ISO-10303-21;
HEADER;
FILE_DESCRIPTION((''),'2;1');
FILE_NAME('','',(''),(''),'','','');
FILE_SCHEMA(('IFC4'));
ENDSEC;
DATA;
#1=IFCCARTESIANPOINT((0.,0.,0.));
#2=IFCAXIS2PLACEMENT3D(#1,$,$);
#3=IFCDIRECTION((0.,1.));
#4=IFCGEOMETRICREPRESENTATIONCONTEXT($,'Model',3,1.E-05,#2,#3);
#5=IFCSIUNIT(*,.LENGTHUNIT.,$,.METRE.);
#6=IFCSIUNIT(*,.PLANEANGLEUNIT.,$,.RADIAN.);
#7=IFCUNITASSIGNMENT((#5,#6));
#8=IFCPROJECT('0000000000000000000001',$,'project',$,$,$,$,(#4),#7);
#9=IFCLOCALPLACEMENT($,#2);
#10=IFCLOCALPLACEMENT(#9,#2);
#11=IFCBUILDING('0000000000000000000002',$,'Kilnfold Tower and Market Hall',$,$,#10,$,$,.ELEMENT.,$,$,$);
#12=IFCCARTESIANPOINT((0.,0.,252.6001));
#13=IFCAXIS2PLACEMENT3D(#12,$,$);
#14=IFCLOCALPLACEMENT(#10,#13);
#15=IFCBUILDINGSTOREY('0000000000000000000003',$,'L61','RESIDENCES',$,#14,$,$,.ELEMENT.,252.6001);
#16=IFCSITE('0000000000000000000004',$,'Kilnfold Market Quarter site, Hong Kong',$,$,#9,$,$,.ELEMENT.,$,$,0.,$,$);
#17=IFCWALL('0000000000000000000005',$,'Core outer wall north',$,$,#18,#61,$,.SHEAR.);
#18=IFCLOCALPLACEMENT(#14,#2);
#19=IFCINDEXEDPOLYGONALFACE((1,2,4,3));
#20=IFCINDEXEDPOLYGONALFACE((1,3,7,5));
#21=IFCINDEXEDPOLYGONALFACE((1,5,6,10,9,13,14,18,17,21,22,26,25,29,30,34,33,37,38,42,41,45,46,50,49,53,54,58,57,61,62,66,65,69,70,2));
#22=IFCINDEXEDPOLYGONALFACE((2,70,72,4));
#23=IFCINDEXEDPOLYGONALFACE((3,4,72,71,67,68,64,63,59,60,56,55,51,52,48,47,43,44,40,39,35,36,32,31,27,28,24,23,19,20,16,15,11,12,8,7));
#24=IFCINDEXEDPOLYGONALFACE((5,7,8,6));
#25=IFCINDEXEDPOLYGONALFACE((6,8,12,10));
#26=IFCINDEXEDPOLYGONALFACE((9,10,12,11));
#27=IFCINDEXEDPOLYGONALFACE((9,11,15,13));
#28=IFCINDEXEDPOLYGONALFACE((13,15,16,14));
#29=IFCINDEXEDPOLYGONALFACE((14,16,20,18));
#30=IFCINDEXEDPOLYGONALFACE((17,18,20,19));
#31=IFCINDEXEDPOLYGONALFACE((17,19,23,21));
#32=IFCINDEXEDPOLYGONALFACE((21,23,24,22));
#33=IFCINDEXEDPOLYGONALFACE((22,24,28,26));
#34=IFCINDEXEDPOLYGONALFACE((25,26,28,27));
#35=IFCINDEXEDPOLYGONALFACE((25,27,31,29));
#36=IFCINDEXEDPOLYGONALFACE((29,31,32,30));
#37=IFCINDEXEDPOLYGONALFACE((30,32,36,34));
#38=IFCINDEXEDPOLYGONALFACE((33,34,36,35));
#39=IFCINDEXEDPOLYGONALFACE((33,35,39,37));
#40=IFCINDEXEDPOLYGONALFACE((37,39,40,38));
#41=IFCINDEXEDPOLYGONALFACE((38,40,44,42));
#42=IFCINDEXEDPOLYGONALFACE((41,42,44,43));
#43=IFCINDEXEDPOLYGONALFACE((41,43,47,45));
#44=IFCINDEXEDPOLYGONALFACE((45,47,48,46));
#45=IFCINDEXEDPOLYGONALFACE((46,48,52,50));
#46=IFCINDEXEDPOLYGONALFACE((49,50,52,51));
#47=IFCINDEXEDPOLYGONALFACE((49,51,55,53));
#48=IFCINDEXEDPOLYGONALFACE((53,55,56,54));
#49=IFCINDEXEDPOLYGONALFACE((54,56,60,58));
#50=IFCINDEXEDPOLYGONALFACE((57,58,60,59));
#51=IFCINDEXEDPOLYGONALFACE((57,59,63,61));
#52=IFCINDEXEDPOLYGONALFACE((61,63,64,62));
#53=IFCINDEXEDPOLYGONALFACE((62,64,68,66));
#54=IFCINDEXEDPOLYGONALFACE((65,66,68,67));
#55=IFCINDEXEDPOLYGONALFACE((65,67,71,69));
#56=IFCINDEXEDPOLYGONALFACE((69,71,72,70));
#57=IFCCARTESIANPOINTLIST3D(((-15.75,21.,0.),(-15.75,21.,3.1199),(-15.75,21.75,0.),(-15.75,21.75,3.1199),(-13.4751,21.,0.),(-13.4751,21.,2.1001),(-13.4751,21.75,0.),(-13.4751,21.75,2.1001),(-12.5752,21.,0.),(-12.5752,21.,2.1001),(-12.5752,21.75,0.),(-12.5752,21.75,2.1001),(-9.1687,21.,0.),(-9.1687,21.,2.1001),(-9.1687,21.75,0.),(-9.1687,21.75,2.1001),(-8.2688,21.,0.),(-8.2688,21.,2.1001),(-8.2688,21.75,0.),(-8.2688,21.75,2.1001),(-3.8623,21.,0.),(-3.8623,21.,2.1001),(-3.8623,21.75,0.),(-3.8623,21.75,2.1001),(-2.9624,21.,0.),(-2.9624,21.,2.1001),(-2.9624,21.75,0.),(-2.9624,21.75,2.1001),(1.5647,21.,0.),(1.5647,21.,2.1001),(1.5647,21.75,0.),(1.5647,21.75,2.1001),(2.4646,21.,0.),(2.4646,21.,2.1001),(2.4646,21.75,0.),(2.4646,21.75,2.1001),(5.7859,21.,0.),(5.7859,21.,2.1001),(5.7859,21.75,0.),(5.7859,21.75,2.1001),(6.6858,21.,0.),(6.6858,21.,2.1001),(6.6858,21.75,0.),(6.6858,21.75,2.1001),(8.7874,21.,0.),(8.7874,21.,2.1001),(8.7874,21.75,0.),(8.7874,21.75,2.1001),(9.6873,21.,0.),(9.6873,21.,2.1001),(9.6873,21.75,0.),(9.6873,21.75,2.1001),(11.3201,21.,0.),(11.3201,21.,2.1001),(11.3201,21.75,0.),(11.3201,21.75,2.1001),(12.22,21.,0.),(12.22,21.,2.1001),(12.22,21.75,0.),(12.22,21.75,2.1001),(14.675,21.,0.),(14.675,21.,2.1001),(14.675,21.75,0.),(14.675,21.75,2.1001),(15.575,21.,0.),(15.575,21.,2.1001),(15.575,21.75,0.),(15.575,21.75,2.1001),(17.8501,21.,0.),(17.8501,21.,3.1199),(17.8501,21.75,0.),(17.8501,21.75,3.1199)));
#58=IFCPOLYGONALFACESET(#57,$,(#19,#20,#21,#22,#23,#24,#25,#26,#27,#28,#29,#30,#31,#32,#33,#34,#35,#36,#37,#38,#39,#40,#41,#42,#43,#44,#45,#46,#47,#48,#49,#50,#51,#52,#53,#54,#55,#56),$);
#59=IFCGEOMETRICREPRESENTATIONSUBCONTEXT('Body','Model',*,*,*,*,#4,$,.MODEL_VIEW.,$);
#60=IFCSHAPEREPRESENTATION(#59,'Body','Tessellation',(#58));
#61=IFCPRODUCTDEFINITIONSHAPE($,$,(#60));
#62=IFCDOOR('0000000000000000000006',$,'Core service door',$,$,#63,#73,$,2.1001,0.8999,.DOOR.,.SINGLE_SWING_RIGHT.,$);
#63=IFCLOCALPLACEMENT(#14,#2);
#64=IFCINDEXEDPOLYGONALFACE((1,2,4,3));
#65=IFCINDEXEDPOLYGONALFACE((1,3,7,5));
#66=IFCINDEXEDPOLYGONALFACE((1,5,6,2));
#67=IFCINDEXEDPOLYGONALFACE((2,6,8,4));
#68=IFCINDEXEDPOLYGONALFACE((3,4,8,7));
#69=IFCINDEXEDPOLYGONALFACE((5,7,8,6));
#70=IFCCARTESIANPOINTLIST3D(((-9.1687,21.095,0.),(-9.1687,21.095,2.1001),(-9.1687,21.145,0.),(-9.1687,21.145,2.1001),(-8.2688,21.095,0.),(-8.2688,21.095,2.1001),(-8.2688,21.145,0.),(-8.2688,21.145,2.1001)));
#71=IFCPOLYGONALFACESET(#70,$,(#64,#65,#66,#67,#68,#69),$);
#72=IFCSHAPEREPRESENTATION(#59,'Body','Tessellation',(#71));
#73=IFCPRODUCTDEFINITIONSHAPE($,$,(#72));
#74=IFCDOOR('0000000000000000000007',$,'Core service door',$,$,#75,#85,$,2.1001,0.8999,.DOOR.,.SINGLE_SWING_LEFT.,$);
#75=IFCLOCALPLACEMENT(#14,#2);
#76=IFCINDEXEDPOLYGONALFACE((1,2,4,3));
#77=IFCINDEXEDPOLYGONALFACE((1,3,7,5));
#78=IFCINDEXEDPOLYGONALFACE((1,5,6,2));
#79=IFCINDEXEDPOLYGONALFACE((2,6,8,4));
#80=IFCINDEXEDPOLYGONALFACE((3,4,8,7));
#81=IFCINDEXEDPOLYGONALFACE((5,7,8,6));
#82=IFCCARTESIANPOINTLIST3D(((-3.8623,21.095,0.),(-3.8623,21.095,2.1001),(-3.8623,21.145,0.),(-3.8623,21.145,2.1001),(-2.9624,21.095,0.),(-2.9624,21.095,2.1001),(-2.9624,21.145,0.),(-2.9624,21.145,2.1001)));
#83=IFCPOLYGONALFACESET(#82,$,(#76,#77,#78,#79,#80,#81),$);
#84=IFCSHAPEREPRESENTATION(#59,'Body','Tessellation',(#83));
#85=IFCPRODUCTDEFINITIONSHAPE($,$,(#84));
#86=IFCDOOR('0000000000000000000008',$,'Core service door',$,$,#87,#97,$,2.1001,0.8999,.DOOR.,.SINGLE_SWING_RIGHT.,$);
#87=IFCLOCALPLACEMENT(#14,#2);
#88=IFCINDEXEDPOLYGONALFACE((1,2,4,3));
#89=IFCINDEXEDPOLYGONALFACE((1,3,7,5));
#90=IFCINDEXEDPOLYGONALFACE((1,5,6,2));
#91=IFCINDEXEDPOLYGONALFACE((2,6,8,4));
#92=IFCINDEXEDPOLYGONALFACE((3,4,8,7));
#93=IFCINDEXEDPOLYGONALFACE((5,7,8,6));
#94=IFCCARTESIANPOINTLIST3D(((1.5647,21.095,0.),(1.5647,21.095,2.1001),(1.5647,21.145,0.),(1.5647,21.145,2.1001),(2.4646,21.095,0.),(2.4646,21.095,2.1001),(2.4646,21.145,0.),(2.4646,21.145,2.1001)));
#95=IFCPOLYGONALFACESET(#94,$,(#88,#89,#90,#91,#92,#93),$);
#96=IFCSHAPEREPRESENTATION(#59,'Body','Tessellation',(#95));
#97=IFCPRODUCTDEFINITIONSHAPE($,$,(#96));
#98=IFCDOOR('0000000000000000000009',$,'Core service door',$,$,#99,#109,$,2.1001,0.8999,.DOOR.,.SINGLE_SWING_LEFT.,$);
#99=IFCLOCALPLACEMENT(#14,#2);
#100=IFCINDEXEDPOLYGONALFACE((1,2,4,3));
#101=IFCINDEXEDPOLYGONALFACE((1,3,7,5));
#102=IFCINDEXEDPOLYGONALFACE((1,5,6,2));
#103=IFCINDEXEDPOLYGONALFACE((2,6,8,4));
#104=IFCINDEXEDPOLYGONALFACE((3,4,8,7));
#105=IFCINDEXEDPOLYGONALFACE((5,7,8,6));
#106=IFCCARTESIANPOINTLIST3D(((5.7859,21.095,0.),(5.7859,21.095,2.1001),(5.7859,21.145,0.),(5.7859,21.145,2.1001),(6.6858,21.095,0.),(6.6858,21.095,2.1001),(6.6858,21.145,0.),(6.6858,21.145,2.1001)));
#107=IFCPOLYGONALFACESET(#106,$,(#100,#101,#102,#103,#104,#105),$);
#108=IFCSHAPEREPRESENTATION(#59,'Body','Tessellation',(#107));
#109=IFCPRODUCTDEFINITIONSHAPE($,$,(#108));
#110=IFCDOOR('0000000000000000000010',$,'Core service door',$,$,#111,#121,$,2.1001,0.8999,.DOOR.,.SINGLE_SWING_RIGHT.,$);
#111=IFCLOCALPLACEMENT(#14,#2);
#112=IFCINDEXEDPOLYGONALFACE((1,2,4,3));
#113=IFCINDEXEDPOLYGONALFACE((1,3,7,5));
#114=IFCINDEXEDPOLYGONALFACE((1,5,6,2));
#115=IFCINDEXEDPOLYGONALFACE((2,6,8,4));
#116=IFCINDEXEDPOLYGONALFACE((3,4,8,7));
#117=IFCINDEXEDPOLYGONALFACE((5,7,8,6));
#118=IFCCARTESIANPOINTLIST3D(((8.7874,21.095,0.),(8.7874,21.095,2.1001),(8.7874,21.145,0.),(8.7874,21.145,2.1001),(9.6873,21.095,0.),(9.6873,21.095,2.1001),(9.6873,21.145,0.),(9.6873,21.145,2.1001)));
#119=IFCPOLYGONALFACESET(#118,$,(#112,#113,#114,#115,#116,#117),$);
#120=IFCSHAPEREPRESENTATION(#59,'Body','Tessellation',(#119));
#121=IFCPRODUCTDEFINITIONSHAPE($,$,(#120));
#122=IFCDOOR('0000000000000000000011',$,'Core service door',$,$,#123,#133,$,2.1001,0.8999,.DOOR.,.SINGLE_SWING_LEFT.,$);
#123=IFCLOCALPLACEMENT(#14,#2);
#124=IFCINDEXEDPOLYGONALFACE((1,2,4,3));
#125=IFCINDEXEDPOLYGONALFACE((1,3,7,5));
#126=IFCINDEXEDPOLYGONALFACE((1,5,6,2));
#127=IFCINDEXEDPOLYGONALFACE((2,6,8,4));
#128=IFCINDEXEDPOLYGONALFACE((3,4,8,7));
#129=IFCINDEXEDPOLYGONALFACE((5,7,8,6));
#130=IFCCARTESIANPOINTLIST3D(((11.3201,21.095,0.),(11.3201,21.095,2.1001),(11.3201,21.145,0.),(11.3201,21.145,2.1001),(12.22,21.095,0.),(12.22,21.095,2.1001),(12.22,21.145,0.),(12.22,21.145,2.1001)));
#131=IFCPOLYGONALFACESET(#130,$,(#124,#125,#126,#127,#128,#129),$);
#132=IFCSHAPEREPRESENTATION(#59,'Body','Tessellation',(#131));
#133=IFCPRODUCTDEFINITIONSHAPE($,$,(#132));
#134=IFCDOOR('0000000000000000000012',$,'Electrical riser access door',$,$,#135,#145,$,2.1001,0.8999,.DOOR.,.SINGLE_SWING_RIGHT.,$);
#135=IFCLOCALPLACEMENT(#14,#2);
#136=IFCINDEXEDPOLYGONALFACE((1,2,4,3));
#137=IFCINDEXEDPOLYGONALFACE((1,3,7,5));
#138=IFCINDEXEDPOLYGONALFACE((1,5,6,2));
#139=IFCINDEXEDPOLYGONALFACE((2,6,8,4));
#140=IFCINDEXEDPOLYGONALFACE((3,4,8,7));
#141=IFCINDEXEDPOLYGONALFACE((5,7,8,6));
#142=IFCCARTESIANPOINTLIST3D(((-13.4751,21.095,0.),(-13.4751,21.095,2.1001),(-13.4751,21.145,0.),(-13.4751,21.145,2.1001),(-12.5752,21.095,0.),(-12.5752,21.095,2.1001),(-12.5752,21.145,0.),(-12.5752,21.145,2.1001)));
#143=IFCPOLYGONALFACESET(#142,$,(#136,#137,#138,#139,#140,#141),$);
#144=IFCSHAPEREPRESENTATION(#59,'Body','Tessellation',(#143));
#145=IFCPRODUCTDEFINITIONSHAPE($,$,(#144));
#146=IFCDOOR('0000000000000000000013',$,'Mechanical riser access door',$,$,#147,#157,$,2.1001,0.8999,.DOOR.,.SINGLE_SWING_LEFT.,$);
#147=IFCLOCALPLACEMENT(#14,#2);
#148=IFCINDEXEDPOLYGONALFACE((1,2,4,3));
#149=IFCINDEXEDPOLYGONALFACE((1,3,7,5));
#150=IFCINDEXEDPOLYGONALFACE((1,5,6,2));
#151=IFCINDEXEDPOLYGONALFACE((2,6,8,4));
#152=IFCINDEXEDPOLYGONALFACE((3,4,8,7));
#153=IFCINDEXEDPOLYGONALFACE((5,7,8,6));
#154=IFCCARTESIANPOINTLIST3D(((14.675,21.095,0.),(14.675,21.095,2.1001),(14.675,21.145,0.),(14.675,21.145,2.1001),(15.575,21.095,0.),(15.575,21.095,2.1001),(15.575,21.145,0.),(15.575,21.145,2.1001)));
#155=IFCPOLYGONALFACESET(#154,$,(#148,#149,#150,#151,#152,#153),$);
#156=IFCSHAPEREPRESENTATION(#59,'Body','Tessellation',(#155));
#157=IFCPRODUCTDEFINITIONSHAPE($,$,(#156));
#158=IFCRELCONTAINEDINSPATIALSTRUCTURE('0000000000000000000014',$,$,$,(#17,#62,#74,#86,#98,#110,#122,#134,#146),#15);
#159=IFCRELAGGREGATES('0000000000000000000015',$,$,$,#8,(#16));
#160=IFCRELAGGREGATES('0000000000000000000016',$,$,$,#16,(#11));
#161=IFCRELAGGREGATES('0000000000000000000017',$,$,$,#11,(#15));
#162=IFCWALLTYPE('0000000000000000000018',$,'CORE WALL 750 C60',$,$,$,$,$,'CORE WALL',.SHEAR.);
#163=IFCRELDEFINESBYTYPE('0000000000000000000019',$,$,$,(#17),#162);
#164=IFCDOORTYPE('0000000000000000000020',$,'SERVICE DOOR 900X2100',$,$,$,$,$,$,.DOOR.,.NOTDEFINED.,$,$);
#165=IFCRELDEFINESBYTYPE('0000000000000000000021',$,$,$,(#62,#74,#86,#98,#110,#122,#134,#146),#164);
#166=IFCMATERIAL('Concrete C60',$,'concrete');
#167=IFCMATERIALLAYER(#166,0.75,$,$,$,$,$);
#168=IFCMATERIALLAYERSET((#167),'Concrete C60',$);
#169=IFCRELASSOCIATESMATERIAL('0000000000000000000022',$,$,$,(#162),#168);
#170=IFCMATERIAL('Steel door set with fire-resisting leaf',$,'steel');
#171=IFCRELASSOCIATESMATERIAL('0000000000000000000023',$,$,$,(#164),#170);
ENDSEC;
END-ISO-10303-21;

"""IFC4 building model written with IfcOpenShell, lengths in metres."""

from ifc_helpers import new_model, si_unit, direction, frame, frame_2d, origin, place, context, subcontext, project, spatial, rectangle, extrude, source, transform, mapped, material, layer, layer_set, type_object, element, fill, save


model = new_model("IFC4")

# Units and contexts
model_context = context("Model", 3, precision=1e-05, world=origin(), true_north=direction((0.0, 1.0)))
body_context = subcontext(model_context, "Body", "Model", "MODEL_VIEW")
ifc_project = project(units=[si_unit("LENGTHUNIT", "METRE"), si_unit("PLANEANGLEUNIT", "RADIAN")], contexts=[model_context])

# Site, building, storey
site_placement = place(None, origin())
site = spatial("IfcSite", under=ifc_project, at=site_placement, Name="Kilnfold Market Quarter site, Hong Kong", CompositionType="ELEMENT", RefElevation=0.0)
building_placement = place(site_placement, origin())
building = spatial("IfcBuilding", under=site, at=building_placement, Name="Kilnfold Tower and Market Hall", CompositionType="ELEMENT")
storey_placement = place(building_placement, frame((0.0, 0.0, 252.6001)))
storey = spatial("IfcBuildingStorey", under=building, at=storey_placement, Name="L61", Description="RESIDENCES", CompositionType="ELEMENT", Elevation=252.6001)

# Wall, openings, doors
ifc_material_1 = material(Name="Concrete C60", Category="concrete")
ifc_layer_1 = layer(ifc_material_1, 0.75)
ifc_layer_set_1 = layer_set([ifc_layer_1], Name="Concrete C60")
wall_type_1 = type_object("IfcWallType", Name="CORE WALL 750 C60", ElementType="CORE WALL", PredefinedType="SHEAR", material=ifc_layer_set_1)
shared_shape_1 = source(origin(), body_context, "Body", "SweptSolid", [
    extrude(rectangle(XDim=33.6001, YDim=0.75, at=frame_2d((16.8, 0.0))), origin(), (0.0, 0.0, 1.0), 3.1199),
])
wall_1_placement = place(storey_placement, frame((-15.75, 21.375, 0.0), z_axis=(0.0, 0.0, 1.0), x_axis=(1.0, 0.0, 0.0)))
wall_1 = element("IfcWall", 1, at=wall_1_placement, inside=storey, type_object=wall_type_1, Name="Core outer wall north", PredefinedType="SHEAR", context=body_context, shape_type="MappedRepresentation", body=[
    mapped(shared_shape_1, transform((0.0, 0.0, 0.0))),
])
opening_1_placement = place(wall_1_placement, frame((6.5813, 0.0, 0.0)))
opening_1 = element("IfcOpeningElement", 2, at=opening_1_placement, cuts=wall_1, PredefinedType="OPENING", context=body_context, shape_type="SweptSolid", body=[
    extrude(rectangle(XDim=0.8999, YDim=2.1001, at=frame_2d((0.45, 1.05))), frame((0.0, 0.385, 0.0), z_axis=(0.0, -1.0, 0.0), x_axis=(1.0, 0.0, 0.0)), (0.0, 0.0, 1.0), 0.77),
])
opening_2_placement = place(wall_1_placement, frame((11.8877, 0.0, 0.0)))
opening_2 = element("IfcOpeningElement", 3, at=opening_2_placement, cuts=wall_1, PredefinedType="OPENING", context=body_context, shape_type="SweptSolid", body=[
    extrude(rectangle(XDim=0.8999, YDim=2.1001, at=frame_2d((0.45, 1.05))), frame((0.0, 0.385, 0.0), z_axis=(0.0, -1.0, 0.0), x_axis=(1.0, 0.0, 0.0)), (0.0, 0.0, 1.0), 0.77),
])
opening_3_placement = place(wall_1_placement, frame((17.3147, 0.0, 0.0)))
opening_3 = element("IfcOpeningElement", 4, at=opening_3_placement, cuts=wall_1, PredefinedType="OPENING", context=body_context, shape_type="SweptSolid", body=[
    extrude(rectangle(XDim=0.8999, YDim=2.1001, at=frame_2d((0.45, 1.05))), frame((0.0, 0.385, 0.0), z_axis=(0.0, -1.0, 0.0), x_axis=(1.0, 0.0, 0.0)), (0.0, 0.0, 1.0), 0.77),
])
opening_4_placement = place(wall_1_placement, frame((21.5359, 0.0, 0.0)))
opening_4 = element("IfcOpeningElement", 5, at=opening_4_placement, cuts=wall_1, PredefinedType="OPENING", context=body_context, shape_type="SweptSolid", body=[
    extrude(rectangle(XDim=0.8999, YDim=2.1001, at=frame_2d((0.45, 1.05))), frame((0.0, 0.385, 0.0), z_axis=(0.0, -1.0, 0.0), x_axis=(1.0, 0.0, 0.0)), (0.0, 0.0, 1.0), 0.77),
])
opening_5_placement = place(wall_1_placement, frame((24.5374, 0.0, 0.0)))
opening_5 = element("IfcOpeningElement", 6, at=opening_5_placement, cuts=wall_1, PredefinedType="OPENING", context=body_context, shape_type="SweptSolid", body=[
    extrude(rectangle(XDim=0.8999, YDim=2.1001, at=frame_2d((0.45, 1.05))), frame((0.0, 0.385, 0.0), z_axis=(0.0, -1.0, 0.0), x_axis=(1.0, 0.0, 0.0)), (0.0, 0.0, 1.0), 0.77),
])
opening_6_placement = place(wall_1_placement, frame((27.0701, 0.0, 0.0)))
opening_6 = element("IfcOpeningElement", 7, at=opening_6_placement, cuts=wall_1, PredefinedType="OPENING", context=body_context, shape_type="SweptSolid", body=[
    extrude(rectangle(XDim=0.8999, YDim=2.1001, at=frame_2d((0.45, 1.05))), frame((0.0, 0.385, 0.0), z_axis=(0.0, -1.0, 0.0), x_axis=(1.0, 0.0, 0.0)), (0.0, 0.0, 1.0), 0.77),
])
opening_7_placement = place(wall_1_placement, frame((2.2749, 0.0, 0.0)))
opening_7 = element("IfcOpeningElement", 8, at=opening_7_placement, cuts=wall_1, PredefinedType="OPENING", context=body_context, shape_type="SweptSolid", body=[
    extrude(rectangle(XDim=0.8999, YDim=2.1001, at=frame_2d((0.45, 1.05))), frame((0.0, 0.385, 0.0), z_axis=(0.0, -1.0, 0.0), x_axis=(1.0, 0.0, 0.0)), (0.0, 0.0, 1.0), 0.77),
])
opening_8_placement = place(wall_1_placement, frame((30.425, 0.0, 0.0)))
opening_8 = element("IfcOpeningElement", 9, at=opening_8_placement, cuts=wall_1, PredefinedType="OPENING", context=body_context, shape_type="SweptSolid", body=[
    extrude(rectangle(XDim=0.8999, YDim=2.1001, at=frame_2d((0.45, 1.05))), frame((0.0, 0.385, 0.0), z_axis=(0.0, -1.0, 0.0), x_axis=(1.0, 0.0, 0.0)), (0.0, 0.0, 1.0), 0.77),
])
ifc_material_2 = material(Name="Steel door set with fire-resisting leaf", Category="steel")
door_type_1 = type_object("IfcDoorType", Name="SERVICE DOOR 900X2100", OperationType="NOTDEFINED", PredefinedType="DOOR", material=ifc_material_2)
door_1_placement = place(opening_1_placement, origin())
door_1 = element("IfcDoor", 10, at=door_1_placement, inside=storey, type_object=door_type_1, Name="Core service door", OperationType="SINGLE_SWING_RIGHT", OverallHeight=2.1001, OverallWidth=0.8999, PredefinedType="DOOR", context=body_context, shape_type="SweptSolid", body=[
    extrude(rectangle(XDim=0.8999, YDim=2.1001, at=frame_2d((0.45, 1.05))), frame((0.0, -0.23, 0.0), z_axis=(0.0, -1.0, 0.0), x_axis=(1.0, 0.0, 0.0)), (0.0, 0.0, 1.0), 0.05),
])
fill(opening_1, door_1)
door_2_placement = place(opening_2_placement, origin())
door_2 = element("IfcDoor", 11, at=door_2_placement, inside=storey, type_object=door_type_1, Name="Core service door", OperationType="SINGLE_SWING_LEFT", OverallHeight=2.1001, OverallWidth=0.8999, PredefinedType="DOOR", context=body_context, shape_type="SweptSolid", body=[
    extrude(rectangle(XDim=0.8999, YDim=2.1001, at=frame_2d((0.45, 1.05))), frame((0.0, -0.23, 0.0), z_axis=(0.0, -1.0, 0.0), x_axis=(1.0, 0.0, 0.0)), (0.0, 0.0, 1.0), 0.05),
])
fill(opening_2, door_2)
door_3_placement = place(opening_3_placement, origin())
door_3 = element("IfcDoor", 12, at=door_3_placement, inside=storey, type_object=door_type_1, Name="Core service door", OperationType="SINGLE_SWING_RIGHT", OverallHeight=2.1001, OverallWidth=0.8999, PredefinedType="DOOR", context=body_context, shape_type="SweptSolid", body=[
    extrude(rectangle(XDim=0.8999, YDim=2.1001, at=frame_2d((0.45, 1.05))), frame((0.0, -0.23, 0.0), z_axis=(0.0, -1.0, 0.0), x_axis=(1.0, 0.0, 0.0)), (0.0, 0.0, 1.0), 0.05),
])
fill(opening_3, door_3)
door_4_placement = place(opening_4_placement, origin())
door_4 = element("IfcDoor", 13, at=door_4_placement, inside=storey, type_object=door_type_1, Name="Core service door", OperationType="SINGLE_SWING_LEFT", OverallHeight=2.1001, OverallWidth=0.8999, PredefinedType="DOOR", context=body_context, shape_type="SweptSolid", body=[
    extrude(rectangle(XDim=0.8999, YDim=2.1001, at=frame_2d((0.45, 1.05))), frame((0.0, -0.23, 0.0), z_axis=(0.0, -1.0, 0.0), x_axis=(1.0, 0.0, 0.0)), (0.0, 0.0, 1.0), 0.05),
])
fill(opening_4, door_4)
door_5_placement = place(opening_5_placement, origin())
door_5 = element("IfcDoor", 14, at=door_5_placement, inside=storey, type_object=door_type_1, Name="Core service door", OperationType="SINGLE_SWING_RIGHT", OverallHeight=2.1001, OverallWidth=0.8999, PredefinedType="DOOR", context=body_context, shape_type="SweptSolid", body=[
    extrude(rectangle(XDim=0.8999, YDim=2.1001, at=frame_2d((0.45, 1.05))), frame((0.0, -0.23, 0.0), z_axis=(0.0, -1.0, 0.0), x_axis=(1.0, 0.0, 0.0)), (0.0, 0.0, 1.0), 0.05),
])
fill(opening_5, door_5)
door_6_placement = place(opening_6_placement, origin())
door_6 = element("IfcDoor", 15, at=door_6_placement, inside=storey, type_object=door_type_1, Name="Core service door", OperationType="SINGLE_SWING_LEFT", OverallHeight=2.1001, OverallWidth=0.8999, PredefinedType="DOOR", context=body_context, shape_type="SweptSolid", body=[
    extrude(rectangle(XDim=0.8999, YDim=2.1001, at=frame_2d((0.45, 1.05))), frame((0.0, -0.23, 0.0), z_axis=(0.0, -1.0, 0.0), x_axis=(1.0, 0.0, 0.0)), (0.0, 0.0, 1.0), 0.05),
])
fill(opening_6, door_6)
door_7_placement = place(opening_7_placement, origin())
door_7 = element("IfcDoor", 16, at=door_7_placement, inside=storey, type_object=door_type_1, Name="Electrical riser access door", OperationType="SINGLE_SWING_RIGHT", OverallHeight=2.1001, OverallWidth=0.8999, PredefinedType="DOOR", context=body_context, shape_type="SweptSolid", body=[
    extrude(rectangle(XDim=0.8999, YDim=2.1001, at=frame_2d((0.45, 1.05))), frame((0.0, -0.23, 0.0), z_axis=(0.0, -1.0, 0.0), x_axis=(1.0, 0.0, 0.0)), (0.0, 0.0, 1.0), 0.05),
])
fill(opening_7, door_7)
door_8_placement = place(opening_8_placement, origin())
door_8 = element("IfcDoor", 17, at=door_8_placement, inside=storey, type_object=door_type_1, Name="Mechanical riser access door", OperationType="SINGLE_SWING_LEFT", OverallHeight=2.1001, OverallWidth=0.8999, PredefinedType="DOOR", context=body_context, shape_type="SweptSolid", body=[
    extrude(rectangle(XDim=0.8999, YDim=2.1001, at=frame_2d((0.45, 1.05))), frame((0.0, -0.23, 0.0), z_axis=(0.0, -1.0, 0.0), x_axis=(1.0, 0.0, 0.0)), (0.0, 0.0, 1.0), 0.05),
])
fill(opening_8, door_8)

save(model, "model.ifc")
